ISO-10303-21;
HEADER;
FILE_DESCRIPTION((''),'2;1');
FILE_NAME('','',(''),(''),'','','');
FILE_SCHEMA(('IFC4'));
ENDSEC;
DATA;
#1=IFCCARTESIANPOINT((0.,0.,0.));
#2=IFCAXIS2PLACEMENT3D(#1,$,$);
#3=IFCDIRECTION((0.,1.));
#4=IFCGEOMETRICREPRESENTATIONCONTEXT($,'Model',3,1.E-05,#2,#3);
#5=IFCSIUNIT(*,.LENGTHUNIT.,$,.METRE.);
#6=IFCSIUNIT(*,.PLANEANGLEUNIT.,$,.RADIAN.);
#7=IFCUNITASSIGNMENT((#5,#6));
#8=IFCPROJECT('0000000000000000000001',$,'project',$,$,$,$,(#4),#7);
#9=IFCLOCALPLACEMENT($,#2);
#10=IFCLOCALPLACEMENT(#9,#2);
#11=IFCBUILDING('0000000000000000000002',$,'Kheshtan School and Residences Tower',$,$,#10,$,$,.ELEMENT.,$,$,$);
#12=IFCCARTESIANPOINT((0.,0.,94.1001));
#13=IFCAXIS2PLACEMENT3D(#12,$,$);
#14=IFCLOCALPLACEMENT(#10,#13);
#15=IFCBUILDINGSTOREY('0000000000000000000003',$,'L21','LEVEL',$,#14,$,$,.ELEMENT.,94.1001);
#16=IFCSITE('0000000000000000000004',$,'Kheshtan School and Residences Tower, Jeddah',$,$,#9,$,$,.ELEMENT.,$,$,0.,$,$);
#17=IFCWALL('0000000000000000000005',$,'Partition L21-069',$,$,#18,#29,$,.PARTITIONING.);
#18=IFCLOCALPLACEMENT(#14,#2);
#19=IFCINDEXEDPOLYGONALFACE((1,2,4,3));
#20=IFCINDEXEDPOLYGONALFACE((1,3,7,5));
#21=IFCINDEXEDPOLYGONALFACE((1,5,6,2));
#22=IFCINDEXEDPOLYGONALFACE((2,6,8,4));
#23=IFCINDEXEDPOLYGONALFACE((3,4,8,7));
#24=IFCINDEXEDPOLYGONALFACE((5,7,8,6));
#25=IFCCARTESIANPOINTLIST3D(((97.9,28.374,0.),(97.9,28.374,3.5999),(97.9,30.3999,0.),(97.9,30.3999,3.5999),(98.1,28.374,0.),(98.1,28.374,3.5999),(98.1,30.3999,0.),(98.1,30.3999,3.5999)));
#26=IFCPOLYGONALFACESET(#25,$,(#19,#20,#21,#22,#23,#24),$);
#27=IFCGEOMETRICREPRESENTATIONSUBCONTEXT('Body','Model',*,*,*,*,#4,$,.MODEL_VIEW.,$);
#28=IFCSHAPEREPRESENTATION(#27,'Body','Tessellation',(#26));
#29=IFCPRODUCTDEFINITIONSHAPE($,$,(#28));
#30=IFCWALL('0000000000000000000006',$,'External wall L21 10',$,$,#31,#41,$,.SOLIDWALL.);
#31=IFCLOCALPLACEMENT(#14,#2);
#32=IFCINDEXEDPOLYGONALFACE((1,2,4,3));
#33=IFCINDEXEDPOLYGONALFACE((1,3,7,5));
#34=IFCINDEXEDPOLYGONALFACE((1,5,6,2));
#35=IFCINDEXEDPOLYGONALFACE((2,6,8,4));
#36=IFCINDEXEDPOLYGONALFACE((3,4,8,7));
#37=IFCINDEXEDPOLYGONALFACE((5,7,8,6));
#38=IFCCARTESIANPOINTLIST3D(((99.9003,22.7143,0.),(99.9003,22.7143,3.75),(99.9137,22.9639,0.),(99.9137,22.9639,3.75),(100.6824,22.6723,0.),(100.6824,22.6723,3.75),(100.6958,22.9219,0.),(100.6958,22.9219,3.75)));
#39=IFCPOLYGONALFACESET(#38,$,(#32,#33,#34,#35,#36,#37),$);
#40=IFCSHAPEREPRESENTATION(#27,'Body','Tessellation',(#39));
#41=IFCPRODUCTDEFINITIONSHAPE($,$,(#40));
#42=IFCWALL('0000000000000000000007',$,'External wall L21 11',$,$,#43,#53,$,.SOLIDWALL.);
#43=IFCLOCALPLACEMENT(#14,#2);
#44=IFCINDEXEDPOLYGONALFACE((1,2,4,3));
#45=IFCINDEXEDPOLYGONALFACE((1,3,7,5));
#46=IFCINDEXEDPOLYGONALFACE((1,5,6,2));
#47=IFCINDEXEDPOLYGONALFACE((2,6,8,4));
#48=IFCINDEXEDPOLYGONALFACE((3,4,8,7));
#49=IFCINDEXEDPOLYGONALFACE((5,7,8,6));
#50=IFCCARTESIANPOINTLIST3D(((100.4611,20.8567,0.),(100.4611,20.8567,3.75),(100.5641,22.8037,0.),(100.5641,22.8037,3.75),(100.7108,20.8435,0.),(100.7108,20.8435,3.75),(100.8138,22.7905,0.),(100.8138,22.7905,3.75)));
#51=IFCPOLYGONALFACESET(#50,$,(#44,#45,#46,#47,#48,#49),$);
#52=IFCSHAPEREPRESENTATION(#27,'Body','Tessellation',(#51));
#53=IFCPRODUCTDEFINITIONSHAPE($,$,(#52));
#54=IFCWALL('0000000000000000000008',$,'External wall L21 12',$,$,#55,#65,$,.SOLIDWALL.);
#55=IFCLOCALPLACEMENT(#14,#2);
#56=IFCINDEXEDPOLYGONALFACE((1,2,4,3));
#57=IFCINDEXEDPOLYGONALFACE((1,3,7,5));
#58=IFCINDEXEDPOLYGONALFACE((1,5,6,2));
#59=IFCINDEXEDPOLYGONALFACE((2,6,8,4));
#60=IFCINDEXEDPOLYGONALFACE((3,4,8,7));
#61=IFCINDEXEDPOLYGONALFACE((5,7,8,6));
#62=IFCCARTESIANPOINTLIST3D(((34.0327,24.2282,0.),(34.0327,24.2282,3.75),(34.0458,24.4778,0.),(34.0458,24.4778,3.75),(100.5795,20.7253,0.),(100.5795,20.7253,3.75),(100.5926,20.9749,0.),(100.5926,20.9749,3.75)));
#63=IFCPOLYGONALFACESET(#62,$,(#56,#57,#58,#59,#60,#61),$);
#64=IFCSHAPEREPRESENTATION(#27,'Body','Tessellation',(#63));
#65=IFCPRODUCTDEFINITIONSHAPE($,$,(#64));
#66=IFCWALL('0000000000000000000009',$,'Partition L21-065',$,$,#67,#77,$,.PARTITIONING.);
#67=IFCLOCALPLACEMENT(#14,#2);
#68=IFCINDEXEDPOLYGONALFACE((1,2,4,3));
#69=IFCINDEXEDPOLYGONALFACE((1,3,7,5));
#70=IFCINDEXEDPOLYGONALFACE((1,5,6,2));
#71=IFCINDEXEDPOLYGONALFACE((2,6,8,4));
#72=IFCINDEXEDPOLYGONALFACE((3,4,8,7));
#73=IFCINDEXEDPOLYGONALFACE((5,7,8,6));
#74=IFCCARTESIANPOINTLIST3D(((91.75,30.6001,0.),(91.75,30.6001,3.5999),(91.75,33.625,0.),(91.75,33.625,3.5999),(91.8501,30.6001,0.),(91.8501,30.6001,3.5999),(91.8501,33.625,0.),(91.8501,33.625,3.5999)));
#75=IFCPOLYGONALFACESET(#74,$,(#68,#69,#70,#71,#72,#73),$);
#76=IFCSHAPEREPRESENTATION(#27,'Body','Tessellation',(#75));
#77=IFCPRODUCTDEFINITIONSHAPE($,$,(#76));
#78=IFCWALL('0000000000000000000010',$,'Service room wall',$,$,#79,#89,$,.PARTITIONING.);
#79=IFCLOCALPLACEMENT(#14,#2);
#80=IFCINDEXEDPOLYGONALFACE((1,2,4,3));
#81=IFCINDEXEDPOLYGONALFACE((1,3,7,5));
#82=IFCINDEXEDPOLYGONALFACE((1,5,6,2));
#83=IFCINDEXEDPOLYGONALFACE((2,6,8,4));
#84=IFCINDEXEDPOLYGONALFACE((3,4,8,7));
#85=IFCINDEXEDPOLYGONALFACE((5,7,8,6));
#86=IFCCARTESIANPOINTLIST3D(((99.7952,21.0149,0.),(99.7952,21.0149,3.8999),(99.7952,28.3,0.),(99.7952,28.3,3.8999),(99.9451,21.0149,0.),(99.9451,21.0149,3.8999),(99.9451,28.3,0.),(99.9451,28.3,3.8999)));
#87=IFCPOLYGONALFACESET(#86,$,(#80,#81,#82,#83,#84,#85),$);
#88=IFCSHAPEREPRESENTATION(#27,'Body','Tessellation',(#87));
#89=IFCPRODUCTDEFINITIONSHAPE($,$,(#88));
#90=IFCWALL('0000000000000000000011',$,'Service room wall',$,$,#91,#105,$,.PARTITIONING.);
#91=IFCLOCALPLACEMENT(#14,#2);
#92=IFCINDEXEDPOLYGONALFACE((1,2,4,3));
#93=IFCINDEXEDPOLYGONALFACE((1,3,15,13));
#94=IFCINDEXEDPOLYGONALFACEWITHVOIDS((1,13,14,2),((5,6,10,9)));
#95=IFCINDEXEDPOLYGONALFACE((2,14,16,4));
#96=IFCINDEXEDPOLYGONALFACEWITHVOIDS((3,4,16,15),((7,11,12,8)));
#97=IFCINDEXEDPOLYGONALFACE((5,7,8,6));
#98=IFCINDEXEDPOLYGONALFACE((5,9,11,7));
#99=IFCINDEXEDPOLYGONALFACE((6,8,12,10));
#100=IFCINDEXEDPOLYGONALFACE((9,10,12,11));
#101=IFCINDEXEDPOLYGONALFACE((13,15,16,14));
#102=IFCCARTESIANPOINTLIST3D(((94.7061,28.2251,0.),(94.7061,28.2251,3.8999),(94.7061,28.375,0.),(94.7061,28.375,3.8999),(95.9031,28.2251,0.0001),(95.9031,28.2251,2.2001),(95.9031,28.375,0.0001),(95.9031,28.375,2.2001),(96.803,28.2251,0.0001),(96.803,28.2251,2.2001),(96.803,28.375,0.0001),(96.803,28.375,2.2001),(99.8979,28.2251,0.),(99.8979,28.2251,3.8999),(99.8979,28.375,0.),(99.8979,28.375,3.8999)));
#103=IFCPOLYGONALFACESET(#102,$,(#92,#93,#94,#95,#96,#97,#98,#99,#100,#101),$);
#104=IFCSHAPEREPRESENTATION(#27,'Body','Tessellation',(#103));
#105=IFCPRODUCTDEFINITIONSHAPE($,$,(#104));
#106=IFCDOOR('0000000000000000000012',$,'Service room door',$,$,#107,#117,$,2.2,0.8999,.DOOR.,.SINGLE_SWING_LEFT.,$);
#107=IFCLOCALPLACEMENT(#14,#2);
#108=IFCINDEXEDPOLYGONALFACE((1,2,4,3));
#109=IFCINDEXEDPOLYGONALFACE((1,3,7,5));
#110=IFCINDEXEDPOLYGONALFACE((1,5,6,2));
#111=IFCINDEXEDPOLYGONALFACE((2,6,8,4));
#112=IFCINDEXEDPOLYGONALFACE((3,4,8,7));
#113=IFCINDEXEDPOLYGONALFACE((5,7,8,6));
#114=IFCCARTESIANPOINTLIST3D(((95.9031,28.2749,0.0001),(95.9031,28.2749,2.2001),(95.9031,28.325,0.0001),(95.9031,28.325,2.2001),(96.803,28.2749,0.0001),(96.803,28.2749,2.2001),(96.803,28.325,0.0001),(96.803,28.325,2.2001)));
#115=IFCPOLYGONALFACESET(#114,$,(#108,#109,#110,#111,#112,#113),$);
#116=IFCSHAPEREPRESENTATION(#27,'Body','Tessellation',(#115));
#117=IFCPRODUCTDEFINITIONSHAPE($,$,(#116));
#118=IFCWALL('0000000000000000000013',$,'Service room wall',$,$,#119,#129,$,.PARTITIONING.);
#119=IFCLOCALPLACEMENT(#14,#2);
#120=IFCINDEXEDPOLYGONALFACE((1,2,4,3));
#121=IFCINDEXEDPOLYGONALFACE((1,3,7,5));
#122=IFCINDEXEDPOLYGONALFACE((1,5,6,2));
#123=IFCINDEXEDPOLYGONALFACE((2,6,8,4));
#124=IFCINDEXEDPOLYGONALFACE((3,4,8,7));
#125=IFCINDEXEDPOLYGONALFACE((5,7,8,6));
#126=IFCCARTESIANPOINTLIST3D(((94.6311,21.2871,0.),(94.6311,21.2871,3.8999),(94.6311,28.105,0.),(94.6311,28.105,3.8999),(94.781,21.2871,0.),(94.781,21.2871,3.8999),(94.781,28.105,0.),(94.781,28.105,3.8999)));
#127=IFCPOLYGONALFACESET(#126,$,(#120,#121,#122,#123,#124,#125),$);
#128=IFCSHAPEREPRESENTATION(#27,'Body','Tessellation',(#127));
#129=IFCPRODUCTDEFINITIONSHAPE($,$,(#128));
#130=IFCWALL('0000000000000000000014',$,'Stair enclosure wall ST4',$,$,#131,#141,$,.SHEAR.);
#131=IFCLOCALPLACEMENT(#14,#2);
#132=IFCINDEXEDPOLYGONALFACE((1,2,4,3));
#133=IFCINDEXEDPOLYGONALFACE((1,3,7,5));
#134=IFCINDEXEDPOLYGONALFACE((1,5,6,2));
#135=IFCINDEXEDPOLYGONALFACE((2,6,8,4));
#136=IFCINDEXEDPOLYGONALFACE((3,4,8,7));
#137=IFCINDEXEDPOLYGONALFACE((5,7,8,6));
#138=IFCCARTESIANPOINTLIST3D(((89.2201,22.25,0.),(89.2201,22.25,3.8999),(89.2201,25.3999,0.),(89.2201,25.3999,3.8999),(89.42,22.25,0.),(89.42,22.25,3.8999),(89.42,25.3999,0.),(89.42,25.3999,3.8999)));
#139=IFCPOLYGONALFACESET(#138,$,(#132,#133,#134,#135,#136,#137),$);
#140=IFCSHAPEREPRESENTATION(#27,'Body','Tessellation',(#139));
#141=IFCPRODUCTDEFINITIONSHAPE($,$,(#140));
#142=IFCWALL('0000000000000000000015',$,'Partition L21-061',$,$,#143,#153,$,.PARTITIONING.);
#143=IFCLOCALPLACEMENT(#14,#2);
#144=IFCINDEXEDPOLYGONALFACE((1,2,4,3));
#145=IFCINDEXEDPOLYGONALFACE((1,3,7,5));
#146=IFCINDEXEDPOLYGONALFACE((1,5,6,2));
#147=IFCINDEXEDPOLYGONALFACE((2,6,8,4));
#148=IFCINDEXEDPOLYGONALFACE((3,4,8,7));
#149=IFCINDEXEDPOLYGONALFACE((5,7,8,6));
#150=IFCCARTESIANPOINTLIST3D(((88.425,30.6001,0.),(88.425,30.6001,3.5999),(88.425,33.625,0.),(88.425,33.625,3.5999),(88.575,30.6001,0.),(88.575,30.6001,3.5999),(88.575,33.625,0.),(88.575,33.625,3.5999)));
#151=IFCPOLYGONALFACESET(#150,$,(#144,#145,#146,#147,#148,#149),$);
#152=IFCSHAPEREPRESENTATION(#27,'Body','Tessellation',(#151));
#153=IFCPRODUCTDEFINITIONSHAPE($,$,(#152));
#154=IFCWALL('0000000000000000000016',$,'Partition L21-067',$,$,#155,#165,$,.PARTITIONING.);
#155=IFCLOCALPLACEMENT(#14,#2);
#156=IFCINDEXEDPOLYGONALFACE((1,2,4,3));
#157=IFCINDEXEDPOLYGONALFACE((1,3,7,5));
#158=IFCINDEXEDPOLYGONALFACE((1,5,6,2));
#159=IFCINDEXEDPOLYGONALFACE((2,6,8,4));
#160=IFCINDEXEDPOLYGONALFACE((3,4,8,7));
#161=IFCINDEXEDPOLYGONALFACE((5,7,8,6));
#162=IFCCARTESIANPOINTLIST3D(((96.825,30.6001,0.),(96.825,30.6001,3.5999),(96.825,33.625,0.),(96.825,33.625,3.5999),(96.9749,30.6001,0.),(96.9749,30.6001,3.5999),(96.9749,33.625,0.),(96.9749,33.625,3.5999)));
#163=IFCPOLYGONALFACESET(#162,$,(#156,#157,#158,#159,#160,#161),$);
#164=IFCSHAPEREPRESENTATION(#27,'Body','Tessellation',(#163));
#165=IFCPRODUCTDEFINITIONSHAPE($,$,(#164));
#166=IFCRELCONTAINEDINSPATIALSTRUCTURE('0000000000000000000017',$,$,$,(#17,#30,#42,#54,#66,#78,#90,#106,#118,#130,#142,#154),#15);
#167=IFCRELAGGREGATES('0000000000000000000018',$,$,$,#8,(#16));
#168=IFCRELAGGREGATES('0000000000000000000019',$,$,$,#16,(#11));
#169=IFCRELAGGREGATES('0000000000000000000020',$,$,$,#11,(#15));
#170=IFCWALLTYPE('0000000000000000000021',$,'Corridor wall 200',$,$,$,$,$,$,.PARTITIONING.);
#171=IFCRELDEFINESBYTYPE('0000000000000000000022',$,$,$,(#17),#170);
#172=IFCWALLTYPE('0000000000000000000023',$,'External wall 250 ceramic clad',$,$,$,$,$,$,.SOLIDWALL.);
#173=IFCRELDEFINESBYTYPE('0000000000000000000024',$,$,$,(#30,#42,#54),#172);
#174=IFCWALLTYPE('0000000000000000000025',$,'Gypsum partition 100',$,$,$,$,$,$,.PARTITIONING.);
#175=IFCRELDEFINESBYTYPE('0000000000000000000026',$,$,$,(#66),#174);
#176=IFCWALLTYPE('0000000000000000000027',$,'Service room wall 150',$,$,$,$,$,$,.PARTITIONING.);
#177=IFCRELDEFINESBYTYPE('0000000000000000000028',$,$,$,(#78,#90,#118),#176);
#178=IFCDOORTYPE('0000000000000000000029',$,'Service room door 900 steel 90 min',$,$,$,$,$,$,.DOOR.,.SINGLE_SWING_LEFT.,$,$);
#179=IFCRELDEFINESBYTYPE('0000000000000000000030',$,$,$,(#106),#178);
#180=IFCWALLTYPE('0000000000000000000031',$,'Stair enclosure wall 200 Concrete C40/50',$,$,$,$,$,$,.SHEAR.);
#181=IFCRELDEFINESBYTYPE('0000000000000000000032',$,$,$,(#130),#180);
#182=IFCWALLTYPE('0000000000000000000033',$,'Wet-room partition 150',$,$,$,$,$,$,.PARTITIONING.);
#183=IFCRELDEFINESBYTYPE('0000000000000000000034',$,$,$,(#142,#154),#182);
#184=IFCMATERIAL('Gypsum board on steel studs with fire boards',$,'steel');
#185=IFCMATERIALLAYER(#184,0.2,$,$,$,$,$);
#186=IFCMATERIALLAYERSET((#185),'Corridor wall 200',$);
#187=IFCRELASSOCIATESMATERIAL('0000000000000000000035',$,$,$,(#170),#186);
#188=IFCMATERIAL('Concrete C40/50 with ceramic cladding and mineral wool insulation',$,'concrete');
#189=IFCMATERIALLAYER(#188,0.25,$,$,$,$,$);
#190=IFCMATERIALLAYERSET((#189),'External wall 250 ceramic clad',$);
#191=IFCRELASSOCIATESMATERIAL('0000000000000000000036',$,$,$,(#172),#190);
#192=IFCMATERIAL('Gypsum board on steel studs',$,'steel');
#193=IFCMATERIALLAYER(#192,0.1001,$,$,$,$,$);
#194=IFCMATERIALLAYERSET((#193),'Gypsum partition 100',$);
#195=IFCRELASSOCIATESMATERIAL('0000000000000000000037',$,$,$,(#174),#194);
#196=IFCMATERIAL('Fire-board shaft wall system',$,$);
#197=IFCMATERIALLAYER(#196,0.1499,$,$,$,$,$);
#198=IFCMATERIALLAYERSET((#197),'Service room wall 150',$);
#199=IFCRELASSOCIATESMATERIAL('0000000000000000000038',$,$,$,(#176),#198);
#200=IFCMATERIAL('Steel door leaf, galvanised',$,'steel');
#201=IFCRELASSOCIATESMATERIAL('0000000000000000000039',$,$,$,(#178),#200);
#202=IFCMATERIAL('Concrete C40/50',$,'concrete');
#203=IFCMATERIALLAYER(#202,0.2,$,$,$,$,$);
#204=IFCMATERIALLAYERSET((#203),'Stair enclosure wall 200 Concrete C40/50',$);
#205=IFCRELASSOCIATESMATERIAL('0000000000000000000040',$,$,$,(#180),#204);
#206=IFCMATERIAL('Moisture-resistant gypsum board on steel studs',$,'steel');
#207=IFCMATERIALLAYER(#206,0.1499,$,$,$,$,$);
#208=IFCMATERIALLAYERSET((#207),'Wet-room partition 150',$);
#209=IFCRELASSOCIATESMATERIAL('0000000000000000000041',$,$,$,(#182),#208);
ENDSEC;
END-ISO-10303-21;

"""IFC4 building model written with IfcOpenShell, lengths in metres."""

from ifc_helpers import new_model, si_unit, direction, frame, frame_2d, origin, place, context, subcontext, project, spatial, rectangle, extrude, source, transform, mapped, material, layer, layer_set, type_object, element, fill, save


model = new_model("IFC4")

# Units and contexts
model_context = context("Model", 3, precision=1e-05, world=origin(), true_north=direction((0.0, 1.0)))
body_context = subcontext(model_context, "Body", "Model", "MODEL_VIEW")
ifc_project = project(units=[si_unit("LENGTHUNIT", "METRE"), si_unit("PLANEANGLEUNIT", "RADIAN")], contexts=[model_context])

# Site, building, storey
site_placement = place(None, origin())
site = spatial("IfcSite", under=ifc_project, at=site_placement, Name="Kheshtan School and Residences Tower, Jeddah", CompositionType="ELEMENT", RefElevation=0.0)
building_placement = place(site_placement, origin())
building = spatial("IfcBuilding", under=site, at=building_placement, Name="Kheshtan School and Residences Tower", CompositionType="ELEMENT")
storey_placement = place(building_placement, frame((0.0, 0.0, 94.1001)))
storey = spatial("IfcBuildingStorey", under=building, at=storey_placement, Name="L21", Description="LEVEL", CompositionType="ELEMENT", Elevation=94.1001)

# Walls
ifc_material_1 = material(Name="Gypsum board on steel studs with fire boards", Category="steel")
ifc_layer_1 = layer(ifc_material_1, 0.2)
ifc_layer_set_1 = layer_set([ifc_layer_1], Name="Corridor wall 200")
wall_type_1 = type_object("IfcWallType", Name="Corridor wall 200", PredefinedType="PARTITIONING", material=ifc_layer_set_1)
wall_1_placement = place(storey_placement, frame((98.0, 28.374, 0.0), z_axis=(0.0, 0.0, 1.0), x_axis=(0.0, 1.0, 0.0)))
element("IfcWall", 1, at=wall_1_placement, inside=storey, type_object=wall_type_1, Name="Partition L21-069", PredefinedType="PARTITIONING", context=body_context, shape_type="SweptSolid", body=[
    extrude(rectangle(XDim=2.0259, YDim=0.2, at=frame_2d((1.0129, 0.0))), origin(), (0.0, 0.0, 1.0), 3.5999),
])
ifc_material_2 = material(Name="Concrete C40/50 with ceramic cladding and mineral wool insulation", Category="concrete")
ifc_layer_2 = layer(ifc_material_2, 0.25)
ifc_layer_set_2 = layer_set([ifc_layer_2], Name="External wall 250 ceramic clad")
wall_type_2 = type_object("IfcWallType", Name="External wall 250 ceramic clad", PredefinedType="SOLIDWALL", material=ifc_layer_set_2)
wall_2_placement = place(storey_placement, frame((99.907, 22.8391, 0.0), z_axis=(0.0, 0.0, 1.0), x_axis=(0.998561, -0.053622, 0.0)))
element("IfcWall", 2, at=wall_2_placement, inside=storey, type_object=wall_type_2, Name="External wall L21 10", PredefinedType="SOLIDWALL", context=body_context, shape_type="SweptSolid", body=[
    extrude(rectangle(XDim=0.7832, YDim=0.25, at=frame_2d((0.3916, 0.0))), origin(), (0.0, 0.0, 1.0), 3.75),
])
wall_3_placement = place(storey_placement, frame((100.689, 22.7971, 0.0), z_axis=(0.0, 0.0, 1.0), x_axis=(-0.052841, -0.998603, 0.0)))
element("IfcWall", 3, at=wall_3_placement, inside=storey, type_object=wall_type_2, Name="External wall L21 11", PredefinedType="SOLIDWALL", context=body_context, shape_type="SweptSolid", body=[
    extrude(rectangle(XDim=1.9497, YDim=0.25, at=frame_2d((0.9749, 0.0))), origin(), (0.0, 0.0, 1.0), 3.75),
])
wall_4_placement = place(storey_placement, frame((100.5859, 20.8501, 0.0), z_axis=(0.0, 0.0, 1.0), x_axis=(-0.998617, 0.052566, 0.0)))
element("IfcWall", 4, at=wall_4_placement, inside=storey, type_object=wall_type_2, Name="External wall L21 12", PredefinedType="SOLIDWALL", context=body_context, shape_type="SweptSolid", body=[
    extrude(rectangle(XDim=66.6389, YDim=0.25, at=frame_2d((33.3193, 0.0))), origin(), (0.0, 0.0, 1.0), 3.75),
])
ifc_material_3 = material(Name="Gypsum board on steel studs", Category="steel")
ifc_layer_3 = layer(ifc_material_3, 0.1001)
ifc_layer_set_3 = layer_set([ifc_layer_3], Name="Gypsum partition 100")
wall_type_3 = type_object("IfcWallType", Name="Gypsum partition 100", PredefinedType="PARTITIONING", material=ifc_layer_set_3)
wall_5_placement = place(storey_placement, frame((91.8, 30.6001, 0.0), z_axis=(0.0, 0.0, 1.0), x_axis=(0.0, 1.0, 0.0)))
element("IfcWall", 5, at=wall_5_placement, inside=storey, type_object=wall_type_3, Name="Partition L21-065", PredefinedType="PARTITIONING", context=body_context, shape_type="SweptSolid", body=[
    extrude(rectangle(XDim=3.0249, YDim=0.1001, at=frame_2d((1.5125, 0.0))), origin(), (0.0, 0.0, 1.0), 3.5999),
])
ifc_material_4 = material(Name="Fire-board shaft wall system")
ifc_layer_4 = layer(ifc_material_4, 0.1499)
ifc_layer_set_4 = layer_set([ifc_layer_4], Name="Service room wall 150")
wall_type_4 = type_object("IfcWallType", Name="Service room wall 150", PredefinedType="PARTITIONING", material=ifc_layer_set_4)
wall_6_placement = place(storey_placement, frame((99.8701, 21.0149, 0.0), z_axis=(0.0, 0.0, 1.0), x_axis=(0.0, 1.0, 0.0)))
element("IfcWall", 6, at=wall_6_placement, inside=storey, type_object=wall_type_4, Name="Service room wall", PredefinedType="PARTITIONING", context=body_context, shape_type="SweptSolid", body=[
    extrude(rectangle(XDim=7.2852, YDim=0.1499, at=frame_2d((3.6426, 0.0))), origin(), (0.0, 0.0, 1.0), 3.8999),
])

# Wall, opening, door
wall_7_placement = place(storey_placement, frame((94.7061, 28.3, 0.0), z_axis=(0.0, 0.0, 1.0), x_axis=(1.0, 0.0, 0.0)))
wall_7 = element("IfcWall", 7, at=wall_7_placement, inside=storey, type_object=wall_type_4, Name="Service room wall", PredefinedType="PARTITIONING", context=body_context, shape_type="SweptSolid", body=[
    extrude(rectangle(XDim=5.1919, YDim=0.1499, at=frame_2d((2.5959, 0.0))), origin(), (0.0, 0.0, 1.0), 3.8999),
])
opening_placement = place(wall_7_placement, frame((1.197, 0.0, 0.0)))
opening = element("IfcOpeningElement", 8, at=opening_placement, cuts=wall_7, PredefinedType="OPENING", context=body_context, shape_type="SweptSolid", body=[
    extrude(rectangle(XDim=0.8999, YDim=2.2, at=frame_2d((0.45, 1.1001))), frame((0.0, 0.085, 0.0), z_axis=(0.0, -1.0, 0.0), x_axis=(1.0, 0.0, 0.0)), (0.0, 0.0, 1.0), 0.1699),
])
ifc_material_5 = material(Name="Steel door leaf, galvanised", Category="steel")
door_type = type_object("IfcDoorType", Name="Service room door 900 steel 90 min", OperationType="SINGLE_SWING_LEFT", PredefinedType="DOOR", material=ifc_material_5)
shared_shape = source(origin(), body_context, "Body", "SweptSolid", [
    extrude(rectangle(XDim=0.8999, YDim=2.2, at=frame_2d((0.45, 1.1001))), frame((0.0, 0.0249, 0.0), z_axis=(0.0, -1.0, 0.0), x_axis=(1.0, 0.0, 0.0)), (0.0, 0.0, 1.0), 0.05),
])
door_placement = place(opening_placement, origin())
door = element("IfcDoor", 9, at=door_placement, inside=storey, type_object=door_type, Name="Service room door", OperationType="SINGLE_SWING_LEFT", OverallHeight=2.2, OverallWidth=0.8999, PredefinedType="DOOR", context=body_context, shape_type="MappedRepresentation", body=[
    mapped(shared_shape, transform((0.0, 0.0, 0.0), x_axis=(1.0, 0.0, 0.0), y_axis=(0.0, 1.0, 0.0), z_axis=(0.0, 0.0, 1.0), scale=1.0)),
])
fill(opening, door)

# Walls
wall_8_placement = place(storey_placement, frame((94.7061, 21.2871, 0.0), z_axis=(0.0, 0.0, 1.0), x_axis=(0.0, 1.0, 0.0)))
element("IfcWall", 10, at=wall_8_placement, inside=storey, type_object=wall_type_4, Name="Service room wall", PredefinedType="PARTITIONING", context=body_context, shape_type="SweptSolid", body=[
    extrude(rectangle(XDim=6.8179, YDim=0.1499, at=frame_2d((3.4089, 0.0))), origin(), (0.0, 0.0, 1.0), 3.8999),
])
ifc_material_6 = material(Name="Concrete C40/50", Category="concrete")
ifc_layer_5 = layer(ifc_material_6, 0.2)
ifc_layer_set_5 = layer_set([ifc_layer_5], Name="Stair enclosure wall 200 Concrete C40/50")
wall_type_5 = type_object("IfcWallType", Name="Stair enclosure wall 200 Concrete C40/50", PredefinedType="SHEAR", material=ifc_layer_set_5)
wall_9_placement = place(storey_placement, frame((89.3201, 22.25, 0.0), z_axis=(0.0, 0.0, 1.0), x_axis=(0.0, 1.0, 0.0)))
element("IfcWall", 11, at=wall_9_placement, inside=storey, type_object=wall_type_5, Name="Stair enclosure wall ST4", PredefinedType="SHEAR", context=body_context, shape_type="SweptSolid", body=[
    extrude(rectangle(XDim=3.1499, YDim=0.2, at=frame_2d((1.575, 0.0))), origin(), (0.0, 0.0, 1.0), 3.8999),
])
ifc_material_7 = material(Name="Moisture-resistant gypsum board on steel studs", Category="steel")
ifc_layer_6 = layer(ifc_material_7, 0.1499)
ifc_layer_set_6 = layer_set([ifc_layer_6], Name="Wet-room partition 150")
wall_type_6 = type_object("IfcWallType", Name="Wet-room partition 150", PredefinedType="PARTITIONING", material=ifc_layer_set_6)
for number, where, z_axis, x_axis, name in (
    (12, (88.5, 30.6001, 0.0), (0.0, 0.0, 1.0), (0.0, 1.0, 0.0), "Partition L21-061"),
    (13, (96.8999, 30.6001, 0.0), (0.0, 0.0, 1.0), (0.0, 1.0, 0.0), "Partition L21-067"),
):
    element("IfcWall", number, at=place(storey_placement, frame(where, z_axis=z_axis, x_axis=x_axis)), inside=storey, type_object=wall_type_6, Name=name, PredefinedType="PARTITIONING", context=body_context, shape_type="SweptSolid", body=[
        extrude(rectangle(XDim=3.0249, YDim=0.1499, at=frame_2d((1.5125, 0.0))), origin(), (0.0, 0.0, 1.0), 3.5999),
    ])

save(model, "model.ifc")
